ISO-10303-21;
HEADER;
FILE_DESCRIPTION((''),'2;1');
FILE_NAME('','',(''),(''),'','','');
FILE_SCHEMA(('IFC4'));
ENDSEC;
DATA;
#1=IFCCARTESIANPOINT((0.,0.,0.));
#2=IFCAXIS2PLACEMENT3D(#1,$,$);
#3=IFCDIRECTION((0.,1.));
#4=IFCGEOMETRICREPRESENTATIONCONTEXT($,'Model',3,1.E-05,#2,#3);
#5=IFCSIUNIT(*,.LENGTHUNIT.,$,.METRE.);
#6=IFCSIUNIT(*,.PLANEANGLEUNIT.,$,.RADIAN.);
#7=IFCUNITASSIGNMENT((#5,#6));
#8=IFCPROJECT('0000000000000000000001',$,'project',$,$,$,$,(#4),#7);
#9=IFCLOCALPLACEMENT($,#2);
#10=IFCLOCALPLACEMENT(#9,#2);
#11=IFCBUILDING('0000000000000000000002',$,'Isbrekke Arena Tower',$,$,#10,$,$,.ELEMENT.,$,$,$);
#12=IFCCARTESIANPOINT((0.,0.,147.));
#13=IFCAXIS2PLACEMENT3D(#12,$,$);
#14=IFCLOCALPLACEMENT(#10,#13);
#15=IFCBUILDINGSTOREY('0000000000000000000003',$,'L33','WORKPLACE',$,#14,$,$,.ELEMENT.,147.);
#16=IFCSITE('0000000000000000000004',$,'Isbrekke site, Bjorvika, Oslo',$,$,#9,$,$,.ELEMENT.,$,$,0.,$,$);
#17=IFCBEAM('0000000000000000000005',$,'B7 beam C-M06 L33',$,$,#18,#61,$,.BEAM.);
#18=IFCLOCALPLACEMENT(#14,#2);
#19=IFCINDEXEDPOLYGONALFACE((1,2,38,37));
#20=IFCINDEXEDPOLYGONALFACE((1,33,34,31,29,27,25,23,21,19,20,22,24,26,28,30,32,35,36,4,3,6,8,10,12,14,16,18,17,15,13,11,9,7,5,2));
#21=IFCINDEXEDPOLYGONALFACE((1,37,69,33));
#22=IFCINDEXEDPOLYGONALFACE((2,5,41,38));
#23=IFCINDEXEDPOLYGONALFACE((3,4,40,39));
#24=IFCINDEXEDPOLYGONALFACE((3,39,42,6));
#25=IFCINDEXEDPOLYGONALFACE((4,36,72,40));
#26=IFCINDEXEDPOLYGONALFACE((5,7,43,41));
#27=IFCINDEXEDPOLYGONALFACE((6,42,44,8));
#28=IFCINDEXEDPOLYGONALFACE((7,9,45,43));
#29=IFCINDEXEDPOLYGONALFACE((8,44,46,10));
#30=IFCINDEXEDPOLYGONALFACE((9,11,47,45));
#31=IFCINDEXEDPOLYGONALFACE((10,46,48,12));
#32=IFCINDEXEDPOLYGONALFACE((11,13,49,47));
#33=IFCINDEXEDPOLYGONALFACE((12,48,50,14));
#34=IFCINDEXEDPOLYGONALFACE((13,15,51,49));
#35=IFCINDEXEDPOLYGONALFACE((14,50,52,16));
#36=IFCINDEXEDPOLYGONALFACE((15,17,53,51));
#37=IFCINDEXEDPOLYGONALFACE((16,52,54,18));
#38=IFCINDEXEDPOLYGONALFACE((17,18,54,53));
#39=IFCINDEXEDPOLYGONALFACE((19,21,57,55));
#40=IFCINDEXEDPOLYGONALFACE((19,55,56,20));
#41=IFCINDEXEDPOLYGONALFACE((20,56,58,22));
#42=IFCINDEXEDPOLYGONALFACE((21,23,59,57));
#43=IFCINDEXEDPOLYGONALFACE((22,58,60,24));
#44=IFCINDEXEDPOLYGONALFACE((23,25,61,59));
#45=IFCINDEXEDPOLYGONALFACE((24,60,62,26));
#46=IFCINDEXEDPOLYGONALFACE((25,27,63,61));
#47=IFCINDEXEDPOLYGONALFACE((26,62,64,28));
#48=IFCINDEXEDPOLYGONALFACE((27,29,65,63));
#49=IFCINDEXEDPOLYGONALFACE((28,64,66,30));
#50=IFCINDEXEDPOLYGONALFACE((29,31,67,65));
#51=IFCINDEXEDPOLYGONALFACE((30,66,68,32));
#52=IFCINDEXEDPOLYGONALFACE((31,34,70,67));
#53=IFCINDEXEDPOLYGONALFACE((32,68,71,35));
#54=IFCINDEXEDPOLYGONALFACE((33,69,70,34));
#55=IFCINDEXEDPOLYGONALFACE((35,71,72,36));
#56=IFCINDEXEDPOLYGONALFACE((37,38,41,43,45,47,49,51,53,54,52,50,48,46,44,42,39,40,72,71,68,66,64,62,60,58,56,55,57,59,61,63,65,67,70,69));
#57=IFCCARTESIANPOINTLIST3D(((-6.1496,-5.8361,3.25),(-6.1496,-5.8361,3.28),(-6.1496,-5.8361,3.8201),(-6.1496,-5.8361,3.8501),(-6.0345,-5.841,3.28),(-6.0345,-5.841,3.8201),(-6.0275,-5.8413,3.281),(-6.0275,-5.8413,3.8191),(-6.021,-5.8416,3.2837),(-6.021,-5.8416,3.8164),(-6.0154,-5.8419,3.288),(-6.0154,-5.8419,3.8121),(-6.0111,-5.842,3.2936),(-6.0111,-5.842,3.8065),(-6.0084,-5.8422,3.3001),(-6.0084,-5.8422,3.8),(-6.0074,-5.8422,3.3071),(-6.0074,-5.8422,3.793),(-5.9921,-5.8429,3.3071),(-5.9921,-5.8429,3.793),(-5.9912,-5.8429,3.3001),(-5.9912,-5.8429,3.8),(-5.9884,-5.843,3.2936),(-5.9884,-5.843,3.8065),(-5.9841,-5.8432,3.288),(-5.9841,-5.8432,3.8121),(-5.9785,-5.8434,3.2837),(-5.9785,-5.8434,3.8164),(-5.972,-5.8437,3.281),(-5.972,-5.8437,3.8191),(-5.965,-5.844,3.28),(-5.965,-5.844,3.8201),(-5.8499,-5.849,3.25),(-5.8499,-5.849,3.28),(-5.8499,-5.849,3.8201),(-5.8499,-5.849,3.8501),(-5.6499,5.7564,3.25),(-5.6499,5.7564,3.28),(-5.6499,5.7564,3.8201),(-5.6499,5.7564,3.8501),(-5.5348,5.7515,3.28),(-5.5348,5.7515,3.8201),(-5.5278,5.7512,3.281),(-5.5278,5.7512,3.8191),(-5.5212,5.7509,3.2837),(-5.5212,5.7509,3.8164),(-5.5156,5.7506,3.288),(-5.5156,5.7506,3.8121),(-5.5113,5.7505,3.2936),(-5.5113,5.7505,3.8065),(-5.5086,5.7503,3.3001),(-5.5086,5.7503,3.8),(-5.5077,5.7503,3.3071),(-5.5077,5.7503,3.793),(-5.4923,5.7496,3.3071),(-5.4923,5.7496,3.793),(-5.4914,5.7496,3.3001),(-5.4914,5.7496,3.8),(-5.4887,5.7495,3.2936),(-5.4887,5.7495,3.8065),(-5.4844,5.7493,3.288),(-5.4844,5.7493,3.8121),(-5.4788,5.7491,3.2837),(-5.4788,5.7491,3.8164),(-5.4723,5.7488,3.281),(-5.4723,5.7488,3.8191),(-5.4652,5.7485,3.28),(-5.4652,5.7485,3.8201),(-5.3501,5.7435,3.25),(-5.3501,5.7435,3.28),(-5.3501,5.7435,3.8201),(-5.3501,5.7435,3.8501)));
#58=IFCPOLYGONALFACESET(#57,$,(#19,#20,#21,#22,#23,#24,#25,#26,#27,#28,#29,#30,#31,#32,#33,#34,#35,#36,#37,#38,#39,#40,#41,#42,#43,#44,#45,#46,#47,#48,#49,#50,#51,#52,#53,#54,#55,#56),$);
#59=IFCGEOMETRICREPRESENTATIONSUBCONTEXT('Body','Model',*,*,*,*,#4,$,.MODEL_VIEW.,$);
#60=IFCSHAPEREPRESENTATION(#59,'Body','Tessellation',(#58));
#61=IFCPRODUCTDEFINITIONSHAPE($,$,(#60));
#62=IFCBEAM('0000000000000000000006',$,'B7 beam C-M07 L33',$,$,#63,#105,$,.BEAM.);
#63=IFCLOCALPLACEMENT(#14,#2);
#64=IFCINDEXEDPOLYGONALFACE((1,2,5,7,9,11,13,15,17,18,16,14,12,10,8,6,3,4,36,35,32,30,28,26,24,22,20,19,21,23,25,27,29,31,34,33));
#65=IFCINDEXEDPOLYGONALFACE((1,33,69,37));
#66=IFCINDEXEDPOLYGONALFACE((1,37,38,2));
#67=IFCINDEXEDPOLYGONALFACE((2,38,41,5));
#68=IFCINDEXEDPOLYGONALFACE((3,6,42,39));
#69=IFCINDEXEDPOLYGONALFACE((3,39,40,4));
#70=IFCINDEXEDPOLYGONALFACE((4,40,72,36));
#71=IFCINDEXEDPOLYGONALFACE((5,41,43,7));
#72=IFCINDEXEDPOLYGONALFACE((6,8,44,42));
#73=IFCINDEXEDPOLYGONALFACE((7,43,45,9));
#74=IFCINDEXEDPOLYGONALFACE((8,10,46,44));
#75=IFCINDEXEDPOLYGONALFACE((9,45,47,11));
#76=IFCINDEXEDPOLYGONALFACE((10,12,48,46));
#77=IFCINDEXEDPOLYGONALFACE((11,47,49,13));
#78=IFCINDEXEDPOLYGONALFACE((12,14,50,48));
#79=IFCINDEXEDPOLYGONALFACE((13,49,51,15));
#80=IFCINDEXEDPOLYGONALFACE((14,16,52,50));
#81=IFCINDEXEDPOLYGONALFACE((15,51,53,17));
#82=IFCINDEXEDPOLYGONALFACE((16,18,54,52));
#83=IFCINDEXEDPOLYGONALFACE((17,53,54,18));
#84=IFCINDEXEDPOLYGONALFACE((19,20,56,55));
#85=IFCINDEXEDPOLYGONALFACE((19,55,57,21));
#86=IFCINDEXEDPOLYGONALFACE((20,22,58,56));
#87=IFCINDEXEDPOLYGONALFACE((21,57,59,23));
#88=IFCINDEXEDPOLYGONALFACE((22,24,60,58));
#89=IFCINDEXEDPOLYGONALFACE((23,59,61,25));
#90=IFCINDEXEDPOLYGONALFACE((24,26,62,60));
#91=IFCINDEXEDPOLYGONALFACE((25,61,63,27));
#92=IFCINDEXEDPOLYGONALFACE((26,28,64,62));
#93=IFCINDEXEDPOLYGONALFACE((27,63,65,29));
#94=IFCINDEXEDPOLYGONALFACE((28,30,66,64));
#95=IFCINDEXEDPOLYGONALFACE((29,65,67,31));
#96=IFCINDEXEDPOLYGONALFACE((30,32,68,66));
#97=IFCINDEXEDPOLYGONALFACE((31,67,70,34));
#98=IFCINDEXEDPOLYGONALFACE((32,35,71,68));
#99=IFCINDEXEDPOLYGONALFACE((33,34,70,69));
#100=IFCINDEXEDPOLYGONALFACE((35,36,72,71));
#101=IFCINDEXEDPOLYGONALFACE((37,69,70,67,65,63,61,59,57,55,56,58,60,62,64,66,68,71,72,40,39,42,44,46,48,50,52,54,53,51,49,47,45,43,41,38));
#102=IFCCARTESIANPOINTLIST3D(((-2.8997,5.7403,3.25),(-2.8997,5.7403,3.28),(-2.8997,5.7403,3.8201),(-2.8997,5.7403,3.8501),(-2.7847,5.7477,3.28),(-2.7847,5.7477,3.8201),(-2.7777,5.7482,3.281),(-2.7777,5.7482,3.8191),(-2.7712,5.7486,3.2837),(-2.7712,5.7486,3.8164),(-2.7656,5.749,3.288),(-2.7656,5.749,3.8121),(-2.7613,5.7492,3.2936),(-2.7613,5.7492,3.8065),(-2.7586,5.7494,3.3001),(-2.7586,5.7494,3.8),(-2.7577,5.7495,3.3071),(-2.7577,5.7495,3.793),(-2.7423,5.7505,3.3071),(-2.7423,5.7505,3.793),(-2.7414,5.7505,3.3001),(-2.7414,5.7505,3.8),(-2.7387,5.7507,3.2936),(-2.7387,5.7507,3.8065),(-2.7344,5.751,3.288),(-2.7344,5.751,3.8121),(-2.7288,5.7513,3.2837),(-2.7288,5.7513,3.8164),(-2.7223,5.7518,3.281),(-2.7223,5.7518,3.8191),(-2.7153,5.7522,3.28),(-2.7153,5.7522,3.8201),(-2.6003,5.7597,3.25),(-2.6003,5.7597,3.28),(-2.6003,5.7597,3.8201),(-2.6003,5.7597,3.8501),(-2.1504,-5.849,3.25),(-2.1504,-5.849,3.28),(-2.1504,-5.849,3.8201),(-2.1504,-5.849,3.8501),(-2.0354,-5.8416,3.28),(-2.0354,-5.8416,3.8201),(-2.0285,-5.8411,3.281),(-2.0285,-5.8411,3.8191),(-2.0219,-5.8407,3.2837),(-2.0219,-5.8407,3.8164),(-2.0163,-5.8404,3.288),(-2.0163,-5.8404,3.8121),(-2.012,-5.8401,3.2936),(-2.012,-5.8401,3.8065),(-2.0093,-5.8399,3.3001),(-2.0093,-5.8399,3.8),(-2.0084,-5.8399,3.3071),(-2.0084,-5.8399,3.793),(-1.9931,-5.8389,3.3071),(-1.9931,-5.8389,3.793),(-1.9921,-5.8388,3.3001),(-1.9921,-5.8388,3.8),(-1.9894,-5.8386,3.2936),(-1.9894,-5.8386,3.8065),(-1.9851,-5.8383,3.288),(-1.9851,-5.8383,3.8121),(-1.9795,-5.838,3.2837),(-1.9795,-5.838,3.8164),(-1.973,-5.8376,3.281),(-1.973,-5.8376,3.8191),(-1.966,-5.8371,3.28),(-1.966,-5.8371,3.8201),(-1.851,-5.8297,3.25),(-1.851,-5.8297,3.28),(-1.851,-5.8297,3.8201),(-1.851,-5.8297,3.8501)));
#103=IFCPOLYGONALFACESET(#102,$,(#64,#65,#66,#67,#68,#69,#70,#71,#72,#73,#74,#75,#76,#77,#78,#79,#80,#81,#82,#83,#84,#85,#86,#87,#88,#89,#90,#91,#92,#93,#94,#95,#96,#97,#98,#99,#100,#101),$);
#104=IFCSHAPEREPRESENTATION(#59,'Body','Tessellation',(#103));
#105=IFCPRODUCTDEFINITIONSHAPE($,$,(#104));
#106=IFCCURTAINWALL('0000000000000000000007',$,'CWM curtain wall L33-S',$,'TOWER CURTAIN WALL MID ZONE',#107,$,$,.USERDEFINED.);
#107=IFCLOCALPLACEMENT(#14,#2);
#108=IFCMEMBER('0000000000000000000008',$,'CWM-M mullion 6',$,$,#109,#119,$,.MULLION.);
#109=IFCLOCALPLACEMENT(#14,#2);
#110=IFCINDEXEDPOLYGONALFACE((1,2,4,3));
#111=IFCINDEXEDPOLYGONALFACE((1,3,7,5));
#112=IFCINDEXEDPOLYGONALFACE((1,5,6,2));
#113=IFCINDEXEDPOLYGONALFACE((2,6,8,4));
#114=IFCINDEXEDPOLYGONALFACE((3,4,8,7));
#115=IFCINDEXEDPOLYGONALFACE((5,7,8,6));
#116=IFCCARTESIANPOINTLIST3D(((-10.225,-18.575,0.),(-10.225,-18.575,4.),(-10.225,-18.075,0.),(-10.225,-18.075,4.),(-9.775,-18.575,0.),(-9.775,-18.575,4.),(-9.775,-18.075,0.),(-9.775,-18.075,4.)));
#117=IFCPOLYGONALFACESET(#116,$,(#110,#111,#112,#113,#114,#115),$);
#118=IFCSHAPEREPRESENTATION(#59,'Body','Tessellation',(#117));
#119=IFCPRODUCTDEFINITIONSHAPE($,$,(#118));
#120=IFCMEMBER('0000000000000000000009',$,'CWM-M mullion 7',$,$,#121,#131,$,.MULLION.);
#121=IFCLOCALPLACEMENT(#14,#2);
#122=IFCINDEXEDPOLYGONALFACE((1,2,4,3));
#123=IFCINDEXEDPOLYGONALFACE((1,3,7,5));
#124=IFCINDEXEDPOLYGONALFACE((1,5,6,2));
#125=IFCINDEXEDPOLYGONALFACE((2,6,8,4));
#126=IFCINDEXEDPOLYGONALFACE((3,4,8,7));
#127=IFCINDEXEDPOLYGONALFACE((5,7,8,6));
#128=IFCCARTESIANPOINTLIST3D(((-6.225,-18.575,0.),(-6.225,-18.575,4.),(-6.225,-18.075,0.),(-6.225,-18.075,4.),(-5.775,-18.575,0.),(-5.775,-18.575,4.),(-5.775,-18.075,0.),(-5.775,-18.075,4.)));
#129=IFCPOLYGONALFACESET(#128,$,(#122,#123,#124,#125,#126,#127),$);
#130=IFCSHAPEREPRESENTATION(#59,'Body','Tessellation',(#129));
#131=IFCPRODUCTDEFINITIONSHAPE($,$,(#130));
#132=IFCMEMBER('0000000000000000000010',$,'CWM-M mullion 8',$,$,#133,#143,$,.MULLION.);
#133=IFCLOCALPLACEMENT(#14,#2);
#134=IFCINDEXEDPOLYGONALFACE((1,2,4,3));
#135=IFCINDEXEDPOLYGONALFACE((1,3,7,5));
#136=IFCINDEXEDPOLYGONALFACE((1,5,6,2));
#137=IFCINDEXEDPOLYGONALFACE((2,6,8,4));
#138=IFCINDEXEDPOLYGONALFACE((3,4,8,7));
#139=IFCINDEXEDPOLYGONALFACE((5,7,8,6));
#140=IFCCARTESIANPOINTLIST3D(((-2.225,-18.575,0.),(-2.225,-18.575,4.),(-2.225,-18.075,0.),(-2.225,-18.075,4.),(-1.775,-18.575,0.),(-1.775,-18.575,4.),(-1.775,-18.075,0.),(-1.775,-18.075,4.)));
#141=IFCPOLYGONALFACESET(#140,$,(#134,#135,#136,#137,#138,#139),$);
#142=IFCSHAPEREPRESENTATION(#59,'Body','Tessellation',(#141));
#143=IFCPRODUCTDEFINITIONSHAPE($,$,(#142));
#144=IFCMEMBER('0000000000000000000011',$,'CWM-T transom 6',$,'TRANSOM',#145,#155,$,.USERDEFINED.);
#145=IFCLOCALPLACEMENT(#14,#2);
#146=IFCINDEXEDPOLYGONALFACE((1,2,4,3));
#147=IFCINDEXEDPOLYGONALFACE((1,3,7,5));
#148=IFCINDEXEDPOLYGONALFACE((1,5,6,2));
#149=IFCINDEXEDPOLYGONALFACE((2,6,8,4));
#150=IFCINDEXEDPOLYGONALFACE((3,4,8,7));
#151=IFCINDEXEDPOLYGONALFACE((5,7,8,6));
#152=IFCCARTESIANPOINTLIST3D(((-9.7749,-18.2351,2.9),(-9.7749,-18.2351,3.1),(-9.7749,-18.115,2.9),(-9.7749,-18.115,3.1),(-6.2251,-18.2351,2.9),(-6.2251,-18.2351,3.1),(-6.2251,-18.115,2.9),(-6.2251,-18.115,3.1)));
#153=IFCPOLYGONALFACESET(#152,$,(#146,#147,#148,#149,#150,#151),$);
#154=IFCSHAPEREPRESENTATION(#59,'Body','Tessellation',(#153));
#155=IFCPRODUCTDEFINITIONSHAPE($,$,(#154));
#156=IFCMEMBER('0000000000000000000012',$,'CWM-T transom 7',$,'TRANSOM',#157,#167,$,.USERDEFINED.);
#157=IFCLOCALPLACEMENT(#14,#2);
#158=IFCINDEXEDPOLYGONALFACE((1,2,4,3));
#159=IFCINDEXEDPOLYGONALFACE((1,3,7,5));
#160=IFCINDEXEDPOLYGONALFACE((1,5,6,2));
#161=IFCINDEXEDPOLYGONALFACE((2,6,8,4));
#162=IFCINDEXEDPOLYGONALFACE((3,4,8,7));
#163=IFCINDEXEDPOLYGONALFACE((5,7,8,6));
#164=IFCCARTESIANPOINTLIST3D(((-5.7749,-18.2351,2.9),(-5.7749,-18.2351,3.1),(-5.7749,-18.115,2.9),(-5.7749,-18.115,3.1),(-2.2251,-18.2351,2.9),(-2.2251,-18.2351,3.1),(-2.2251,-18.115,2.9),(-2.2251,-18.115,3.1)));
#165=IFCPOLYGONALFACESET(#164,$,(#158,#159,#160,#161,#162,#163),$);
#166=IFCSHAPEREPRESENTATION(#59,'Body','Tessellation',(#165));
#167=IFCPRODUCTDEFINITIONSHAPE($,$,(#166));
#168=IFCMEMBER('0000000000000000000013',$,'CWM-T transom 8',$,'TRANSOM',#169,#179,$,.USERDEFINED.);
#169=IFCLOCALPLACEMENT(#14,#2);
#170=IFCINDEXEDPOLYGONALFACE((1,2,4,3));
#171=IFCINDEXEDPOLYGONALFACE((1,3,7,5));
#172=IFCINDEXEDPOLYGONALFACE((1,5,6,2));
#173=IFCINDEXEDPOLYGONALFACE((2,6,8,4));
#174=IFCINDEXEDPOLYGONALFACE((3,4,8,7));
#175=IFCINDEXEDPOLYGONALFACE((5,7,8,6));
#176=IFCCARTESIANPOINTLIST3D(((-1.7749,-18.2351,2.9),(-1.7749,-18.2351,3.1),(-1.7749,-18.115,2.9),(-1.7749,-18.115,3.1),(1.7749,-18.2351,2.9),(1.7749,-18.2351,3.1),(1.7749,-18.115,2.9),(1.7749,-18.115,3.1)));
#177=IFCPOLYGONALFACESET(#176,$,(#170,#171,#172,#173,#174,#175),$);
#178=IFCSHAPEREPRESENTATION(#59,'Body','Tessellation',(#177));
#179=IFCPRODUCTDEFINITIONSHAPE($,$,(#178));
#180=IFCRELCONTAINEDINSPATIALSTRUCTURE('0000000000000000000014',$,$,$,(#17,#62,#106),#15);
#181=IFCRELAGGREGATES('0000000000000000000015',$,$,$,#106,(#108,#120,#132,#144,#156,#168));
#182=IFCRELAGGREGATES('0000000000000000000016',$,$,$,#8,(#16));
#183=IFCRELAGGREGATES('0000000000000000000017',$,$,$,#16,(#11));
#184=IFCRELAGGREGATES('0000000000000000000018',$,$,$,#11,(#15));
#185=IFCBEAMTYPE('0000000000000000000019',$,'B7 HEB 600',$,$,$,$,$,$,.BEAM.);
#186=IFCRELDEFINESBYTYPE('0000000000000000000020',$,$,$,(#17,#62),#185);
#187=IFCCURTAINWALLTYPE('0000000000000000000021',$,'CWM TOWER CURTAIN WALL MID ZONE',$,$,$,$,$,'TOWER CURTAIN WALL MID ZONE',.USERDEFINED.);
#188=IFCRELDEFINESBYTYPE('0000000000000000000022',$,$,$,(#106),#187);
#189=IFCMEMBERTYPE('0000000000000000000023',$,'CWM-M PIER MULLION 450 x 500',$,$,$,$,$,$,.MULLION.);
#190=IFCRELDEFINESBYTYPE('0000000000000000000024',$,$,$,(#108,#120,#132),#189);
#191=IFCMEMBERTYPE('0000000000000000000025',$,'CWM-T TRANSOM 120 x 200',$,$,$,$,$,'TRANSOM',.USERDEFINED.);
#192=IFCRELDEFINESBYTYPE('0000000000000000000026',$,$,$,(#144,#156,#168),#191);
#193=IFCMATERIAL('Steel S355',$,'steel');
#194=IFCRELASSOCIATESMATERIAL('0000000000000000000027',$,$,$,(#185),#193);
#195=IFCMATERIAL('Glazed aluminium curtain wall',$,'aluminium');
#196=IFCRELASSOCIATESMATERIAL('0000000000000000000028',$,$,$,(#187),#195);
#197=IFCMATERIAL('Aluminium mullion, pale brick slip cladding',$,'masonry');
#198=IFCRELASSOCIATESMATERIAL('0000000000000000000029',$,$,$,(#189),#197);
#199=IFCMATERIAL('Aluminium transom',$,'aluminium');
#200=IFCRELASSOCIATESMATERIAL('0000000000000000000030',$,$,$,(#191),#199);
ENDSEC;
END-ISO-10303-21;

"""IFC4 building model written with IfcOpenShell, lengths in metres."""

from ifc_helpers import new_model, si_unit, direction, frame, origin, origin_2d, place, context, subcontext, project, spatial, rectangle, i_section, extrude, material, material_profile, profile_set, type_object, element, aggregate, save


model = new_model("IFC4")

# Units and contexts
model_context = context("Model", 3, precision=1e-05, world=origin(), true_north=direction((0.0, 1.0)))
body_context = subcontext(model_context, "Body", "Model", "MODEL_VIEW")
ifc_project = project(units=[si_unit("LENGTHUNIT", "METRE"), si_unit("PLANEANGLEUNIT", "RADIAN")], contexts=[model_context])

# Site, building, storey
site_placement = place(None, origin())
site = spatial("IfcSite", under=ifc_project, at=site_placement, Name="Isbrekke site, Bjorvika, Oslo", CompositionType="ELEMENT", RefElevation=0.0)
building_placement = place(site_placement, origin())
building = spatial("IfcBuilding", under=site, at=building_placement, Name="Isbrekke Arena Tower", CompositionType="ELEMENT")
storey_placement = place(building_placement, frame((0.0, 0.0, 147.0)))
storey = spatial("IfcBuildingStorey", under=building, at=storey_placement, Name="L33", Description="WORKPLACE", CompositionType="ELEMENT", Elevation=147.0)

# Beams
ifc_material_1 = material(Name="Steel S355", Category="steel")
ifc_material_profile_1 = material_profile(ifc_material_1, i_section(OverallWidth=0.3, OverallDepth=0.6001, WebThickness=0.0154, FlangeThickness=0.03, FilletRadius=0.0271, at=origin_2d()), Name="HEB 600")
ifc_profile_set_1 = profile_set([ifc_material_profile_1], Name="Steel S355")
beam_type_1 = type_object("IfcBeamType", Name="B7 HEB 600", PredefinedType="BEAM", material=ifc_profile_set_1)
beam_1_placement = place(storey_placement, frame((-5.9998, -5.8425, 3.55), z_axis=(0.04307, 0.999072, 0.0), x_axis=(-0.999072, 0.04307, 0.0)))
element("IfcBeam", 1, at=beam_1_placement, inside=storey, type_object=beam_type_1, Name="B7 beam C-M06 L33", PredefinedType="BEAM", context=body_context, shape_type="SweptSolid", body=[
    extrude(i_section(OverallWidth=0.3, OverallDepth=0.6001, WebThickness=0.0154, FlangeThickness=0.03, FilletRadius=0.0271, at=origin_2d()), origin(), (0.0, 0.0, 1.0), 11.6033),
])
beam_2_placement = place(storey_placement, frame((-2.0007, -5.8394, 3.55), z_axis=(-0.064517, 0.997917, 0.0), x_axis=(-0.997917, -0.064517, 0.0)))
element("IfcBeam", 2, at=beam_2_placement, inside=storey, type_object=beam_type_1, Name="B7 beam C-M07 L33", PredefinedType="BEAM", context=body_context, shape_type="SweptSolid", body=[
    extrude(i_section(OverallWidth=0.3, OverallDepth=0.6001, WebThickness=0.0154, FlangeThickness=0.03, FilletRadius=0.0271, at=origin_2d()), origin(), (0.0, 0.0, 1.0), 11.6135),
])

# Curtain wall, members
ifc_material_2 = material(Name="Glazed aluminium curtain wall", Category="aluminium")
curtain_wall_type = type_object("IfcCurtainWallType", Name="CWM TOWER CURTAIN WALL MID ZONE", ElementType="TOWER CURTAIN WALL MID ZONE", PredefinedType="USERDEFINED", material=ifc_material_2)
curtain_wall_placement = place(storey_placement, origin())
curtain_wall = element("IfcCurtainWall", 3, at=curtain_wall_placement, inside=storey, type_object=curtain_wall_type, Name="CWM curtain wall L33-S", ObjectType="TOWER CURTAIN WALL MID ZONE", PredefinedType="USERDEFINED")
ifc_material_3 = material(Name="Aluminium mullion, pale brick slip cladding", Category="masonry")
ifc_material_profile_2 = material_profile(ifc_material_3, rectangle(XDim=0.45, YDim=0.5, at=origin_2d()), Name="PIER 450X500")
ifc_profile_set_2 = profile_set([ifc_material_profile_2], Name="Aluminium mullion, pale brick slip cladding")
member_type_1 = type_object("IfcMemberType", Name="CWM-M PIER MULLION 450 x 500", PredefinedType="MULLION", material=ifc_profile_set_2)
member_1_placement = place(storey_placement, frame((-10.0, -18.325, 0.0), z_axis=(0.0, 0.0, 1.0), x_axis=(1.0, 0.0, 0.0)))
member_1 = element("IfcMember", 4, at=member_1_placement, type_object=member_type_1, Name="CWM-M mullion 6", PredefinedType="MULLION", context=body_context, shape_type="SweptSolid", body=[
    extrude(rectangle(XDim=0.45, YDim=0.5, at=origin_2d()), origin(), (0.0, 0.0, 1.0), 4.0),
])
member_2_placement = place(storey_placement, frame((-6.0, -18.325, 0.0), z_axis=(0.0, 0.0, 1.0), x_axis=(1.0, 0.0, 0.0)))
member_2 = element("IfcMember", 5, at=member_2_placement, type_object=member_type_1, Name="CWM-M mullion 7", PredefinedType="MULLION", context=body_context, shape_type="SweptSolid", body=[
    extrude(rectangle(XDim=0.45, YDim=0.5, at=origin_2d()), origin(), (0.0, 0.0, 1.0), 4.0),
])
member_3_placement = place(storey_placement, frame((-2.0, -18.325, 0.0), z_axis=(0.0, 0.0, 1.0), x_axis=(1.0, 0.0, 0.0)))
member_3 = element("IfcMember", 6, at=member_3_placement, type_object=member_type_1, Name="CWM-M mullion 8", PredefinedType="MULLION", context=body_context, shape_type="SweptSolid", body=[
    extrude(rectangle(XDim=0.45, YDim=0.5, at=origin_2d()), origin(), (0.0, 0.0, 1.0), 4.0),
])
ifc_material_4 = material(Name="Aluminium transom", Category="aluminium")
ifc_material_profile_3 = material_profile(ifc_material_4, rectangle(XDim=0.1201, YDim=0.2, at=origin_2d()), Name="TRANSOM 120X200")
ifc_profile_set_3 = profile_set([ifc_material_profile_3], Name="Aluminium transom")
member_type_2 = type_object("IfcMemberType", Name="CWM-T TRANSOM 120 x 200", ElementType="TRANSOM", PredefinedType="USERDEFINED", material=ifc_profile_set_3)
member_4_placement = place(storey_placement, frame((-9.7749, -18.175, 3.0), z_axis=(1.0, 0.0, 0.0), x_axis=(0.0, 1.0, 0.0)))
member_4 = element("IfcMember", 7, at=member_4_placement, type_object=member_type_2, Name="CWM-T transom 6", ObjectType="TRANSOM", PredefinedType="USERDEFINED", context=body_context, shape_type="SweptSolid", body=[
    extrude(rectangle(XDim=0.1201, YDim=0.2, at=origin_2d()), origin(), (0.0, 0.0, 1.0), 3.5498),
])
member_5_placement = place(storey_placement, frame((-5.7749, -18.175, 3.0), z_axis=(1.0, 0.0, 0.0), x_axis=(0.0, 1.0, 0.0)))
member_5 = element("IfcMember", 8, at=member_5_placement, type_object=member_type_2, Name="CWM-T transom 7", ObjectType="TRANSOM", PredefinedType="USERDEFINED", context=body_context, shape_type="SweptSolid", body=[
    extrude(rectangle(XDim=0.1201, YDim=0.2, at=origin_2d()), origin(), (0.0, 0.0, 1.0), 3.5498),
])
member_6_placement = place(storey_placement, frame((-1.7749, -18.175, 3.0), z_axis=(1.0, 0.0, 0.0), x_axis=(0.0, 1.0, 0.0)))
member_6 = element("IfcMember", 9, at=member_6_placement, type_object=member_type_2, Name="CWM-T transom 8", ObjectType="TRANSOM", PredefinedType="USERDEFINED", context=body_context, shape_type="SweptSolid", body=[
    extrude(rectangle(XDim=0.1201, YDim=0.2, at=origin_2d()), origin(), (0.0, 0.0, 1.0), 3.5498),
])

aggregate(curtain_wall, [member_1, member_2, member_3, member_4, member_5, member_6])

save(model, "model.ifc")
